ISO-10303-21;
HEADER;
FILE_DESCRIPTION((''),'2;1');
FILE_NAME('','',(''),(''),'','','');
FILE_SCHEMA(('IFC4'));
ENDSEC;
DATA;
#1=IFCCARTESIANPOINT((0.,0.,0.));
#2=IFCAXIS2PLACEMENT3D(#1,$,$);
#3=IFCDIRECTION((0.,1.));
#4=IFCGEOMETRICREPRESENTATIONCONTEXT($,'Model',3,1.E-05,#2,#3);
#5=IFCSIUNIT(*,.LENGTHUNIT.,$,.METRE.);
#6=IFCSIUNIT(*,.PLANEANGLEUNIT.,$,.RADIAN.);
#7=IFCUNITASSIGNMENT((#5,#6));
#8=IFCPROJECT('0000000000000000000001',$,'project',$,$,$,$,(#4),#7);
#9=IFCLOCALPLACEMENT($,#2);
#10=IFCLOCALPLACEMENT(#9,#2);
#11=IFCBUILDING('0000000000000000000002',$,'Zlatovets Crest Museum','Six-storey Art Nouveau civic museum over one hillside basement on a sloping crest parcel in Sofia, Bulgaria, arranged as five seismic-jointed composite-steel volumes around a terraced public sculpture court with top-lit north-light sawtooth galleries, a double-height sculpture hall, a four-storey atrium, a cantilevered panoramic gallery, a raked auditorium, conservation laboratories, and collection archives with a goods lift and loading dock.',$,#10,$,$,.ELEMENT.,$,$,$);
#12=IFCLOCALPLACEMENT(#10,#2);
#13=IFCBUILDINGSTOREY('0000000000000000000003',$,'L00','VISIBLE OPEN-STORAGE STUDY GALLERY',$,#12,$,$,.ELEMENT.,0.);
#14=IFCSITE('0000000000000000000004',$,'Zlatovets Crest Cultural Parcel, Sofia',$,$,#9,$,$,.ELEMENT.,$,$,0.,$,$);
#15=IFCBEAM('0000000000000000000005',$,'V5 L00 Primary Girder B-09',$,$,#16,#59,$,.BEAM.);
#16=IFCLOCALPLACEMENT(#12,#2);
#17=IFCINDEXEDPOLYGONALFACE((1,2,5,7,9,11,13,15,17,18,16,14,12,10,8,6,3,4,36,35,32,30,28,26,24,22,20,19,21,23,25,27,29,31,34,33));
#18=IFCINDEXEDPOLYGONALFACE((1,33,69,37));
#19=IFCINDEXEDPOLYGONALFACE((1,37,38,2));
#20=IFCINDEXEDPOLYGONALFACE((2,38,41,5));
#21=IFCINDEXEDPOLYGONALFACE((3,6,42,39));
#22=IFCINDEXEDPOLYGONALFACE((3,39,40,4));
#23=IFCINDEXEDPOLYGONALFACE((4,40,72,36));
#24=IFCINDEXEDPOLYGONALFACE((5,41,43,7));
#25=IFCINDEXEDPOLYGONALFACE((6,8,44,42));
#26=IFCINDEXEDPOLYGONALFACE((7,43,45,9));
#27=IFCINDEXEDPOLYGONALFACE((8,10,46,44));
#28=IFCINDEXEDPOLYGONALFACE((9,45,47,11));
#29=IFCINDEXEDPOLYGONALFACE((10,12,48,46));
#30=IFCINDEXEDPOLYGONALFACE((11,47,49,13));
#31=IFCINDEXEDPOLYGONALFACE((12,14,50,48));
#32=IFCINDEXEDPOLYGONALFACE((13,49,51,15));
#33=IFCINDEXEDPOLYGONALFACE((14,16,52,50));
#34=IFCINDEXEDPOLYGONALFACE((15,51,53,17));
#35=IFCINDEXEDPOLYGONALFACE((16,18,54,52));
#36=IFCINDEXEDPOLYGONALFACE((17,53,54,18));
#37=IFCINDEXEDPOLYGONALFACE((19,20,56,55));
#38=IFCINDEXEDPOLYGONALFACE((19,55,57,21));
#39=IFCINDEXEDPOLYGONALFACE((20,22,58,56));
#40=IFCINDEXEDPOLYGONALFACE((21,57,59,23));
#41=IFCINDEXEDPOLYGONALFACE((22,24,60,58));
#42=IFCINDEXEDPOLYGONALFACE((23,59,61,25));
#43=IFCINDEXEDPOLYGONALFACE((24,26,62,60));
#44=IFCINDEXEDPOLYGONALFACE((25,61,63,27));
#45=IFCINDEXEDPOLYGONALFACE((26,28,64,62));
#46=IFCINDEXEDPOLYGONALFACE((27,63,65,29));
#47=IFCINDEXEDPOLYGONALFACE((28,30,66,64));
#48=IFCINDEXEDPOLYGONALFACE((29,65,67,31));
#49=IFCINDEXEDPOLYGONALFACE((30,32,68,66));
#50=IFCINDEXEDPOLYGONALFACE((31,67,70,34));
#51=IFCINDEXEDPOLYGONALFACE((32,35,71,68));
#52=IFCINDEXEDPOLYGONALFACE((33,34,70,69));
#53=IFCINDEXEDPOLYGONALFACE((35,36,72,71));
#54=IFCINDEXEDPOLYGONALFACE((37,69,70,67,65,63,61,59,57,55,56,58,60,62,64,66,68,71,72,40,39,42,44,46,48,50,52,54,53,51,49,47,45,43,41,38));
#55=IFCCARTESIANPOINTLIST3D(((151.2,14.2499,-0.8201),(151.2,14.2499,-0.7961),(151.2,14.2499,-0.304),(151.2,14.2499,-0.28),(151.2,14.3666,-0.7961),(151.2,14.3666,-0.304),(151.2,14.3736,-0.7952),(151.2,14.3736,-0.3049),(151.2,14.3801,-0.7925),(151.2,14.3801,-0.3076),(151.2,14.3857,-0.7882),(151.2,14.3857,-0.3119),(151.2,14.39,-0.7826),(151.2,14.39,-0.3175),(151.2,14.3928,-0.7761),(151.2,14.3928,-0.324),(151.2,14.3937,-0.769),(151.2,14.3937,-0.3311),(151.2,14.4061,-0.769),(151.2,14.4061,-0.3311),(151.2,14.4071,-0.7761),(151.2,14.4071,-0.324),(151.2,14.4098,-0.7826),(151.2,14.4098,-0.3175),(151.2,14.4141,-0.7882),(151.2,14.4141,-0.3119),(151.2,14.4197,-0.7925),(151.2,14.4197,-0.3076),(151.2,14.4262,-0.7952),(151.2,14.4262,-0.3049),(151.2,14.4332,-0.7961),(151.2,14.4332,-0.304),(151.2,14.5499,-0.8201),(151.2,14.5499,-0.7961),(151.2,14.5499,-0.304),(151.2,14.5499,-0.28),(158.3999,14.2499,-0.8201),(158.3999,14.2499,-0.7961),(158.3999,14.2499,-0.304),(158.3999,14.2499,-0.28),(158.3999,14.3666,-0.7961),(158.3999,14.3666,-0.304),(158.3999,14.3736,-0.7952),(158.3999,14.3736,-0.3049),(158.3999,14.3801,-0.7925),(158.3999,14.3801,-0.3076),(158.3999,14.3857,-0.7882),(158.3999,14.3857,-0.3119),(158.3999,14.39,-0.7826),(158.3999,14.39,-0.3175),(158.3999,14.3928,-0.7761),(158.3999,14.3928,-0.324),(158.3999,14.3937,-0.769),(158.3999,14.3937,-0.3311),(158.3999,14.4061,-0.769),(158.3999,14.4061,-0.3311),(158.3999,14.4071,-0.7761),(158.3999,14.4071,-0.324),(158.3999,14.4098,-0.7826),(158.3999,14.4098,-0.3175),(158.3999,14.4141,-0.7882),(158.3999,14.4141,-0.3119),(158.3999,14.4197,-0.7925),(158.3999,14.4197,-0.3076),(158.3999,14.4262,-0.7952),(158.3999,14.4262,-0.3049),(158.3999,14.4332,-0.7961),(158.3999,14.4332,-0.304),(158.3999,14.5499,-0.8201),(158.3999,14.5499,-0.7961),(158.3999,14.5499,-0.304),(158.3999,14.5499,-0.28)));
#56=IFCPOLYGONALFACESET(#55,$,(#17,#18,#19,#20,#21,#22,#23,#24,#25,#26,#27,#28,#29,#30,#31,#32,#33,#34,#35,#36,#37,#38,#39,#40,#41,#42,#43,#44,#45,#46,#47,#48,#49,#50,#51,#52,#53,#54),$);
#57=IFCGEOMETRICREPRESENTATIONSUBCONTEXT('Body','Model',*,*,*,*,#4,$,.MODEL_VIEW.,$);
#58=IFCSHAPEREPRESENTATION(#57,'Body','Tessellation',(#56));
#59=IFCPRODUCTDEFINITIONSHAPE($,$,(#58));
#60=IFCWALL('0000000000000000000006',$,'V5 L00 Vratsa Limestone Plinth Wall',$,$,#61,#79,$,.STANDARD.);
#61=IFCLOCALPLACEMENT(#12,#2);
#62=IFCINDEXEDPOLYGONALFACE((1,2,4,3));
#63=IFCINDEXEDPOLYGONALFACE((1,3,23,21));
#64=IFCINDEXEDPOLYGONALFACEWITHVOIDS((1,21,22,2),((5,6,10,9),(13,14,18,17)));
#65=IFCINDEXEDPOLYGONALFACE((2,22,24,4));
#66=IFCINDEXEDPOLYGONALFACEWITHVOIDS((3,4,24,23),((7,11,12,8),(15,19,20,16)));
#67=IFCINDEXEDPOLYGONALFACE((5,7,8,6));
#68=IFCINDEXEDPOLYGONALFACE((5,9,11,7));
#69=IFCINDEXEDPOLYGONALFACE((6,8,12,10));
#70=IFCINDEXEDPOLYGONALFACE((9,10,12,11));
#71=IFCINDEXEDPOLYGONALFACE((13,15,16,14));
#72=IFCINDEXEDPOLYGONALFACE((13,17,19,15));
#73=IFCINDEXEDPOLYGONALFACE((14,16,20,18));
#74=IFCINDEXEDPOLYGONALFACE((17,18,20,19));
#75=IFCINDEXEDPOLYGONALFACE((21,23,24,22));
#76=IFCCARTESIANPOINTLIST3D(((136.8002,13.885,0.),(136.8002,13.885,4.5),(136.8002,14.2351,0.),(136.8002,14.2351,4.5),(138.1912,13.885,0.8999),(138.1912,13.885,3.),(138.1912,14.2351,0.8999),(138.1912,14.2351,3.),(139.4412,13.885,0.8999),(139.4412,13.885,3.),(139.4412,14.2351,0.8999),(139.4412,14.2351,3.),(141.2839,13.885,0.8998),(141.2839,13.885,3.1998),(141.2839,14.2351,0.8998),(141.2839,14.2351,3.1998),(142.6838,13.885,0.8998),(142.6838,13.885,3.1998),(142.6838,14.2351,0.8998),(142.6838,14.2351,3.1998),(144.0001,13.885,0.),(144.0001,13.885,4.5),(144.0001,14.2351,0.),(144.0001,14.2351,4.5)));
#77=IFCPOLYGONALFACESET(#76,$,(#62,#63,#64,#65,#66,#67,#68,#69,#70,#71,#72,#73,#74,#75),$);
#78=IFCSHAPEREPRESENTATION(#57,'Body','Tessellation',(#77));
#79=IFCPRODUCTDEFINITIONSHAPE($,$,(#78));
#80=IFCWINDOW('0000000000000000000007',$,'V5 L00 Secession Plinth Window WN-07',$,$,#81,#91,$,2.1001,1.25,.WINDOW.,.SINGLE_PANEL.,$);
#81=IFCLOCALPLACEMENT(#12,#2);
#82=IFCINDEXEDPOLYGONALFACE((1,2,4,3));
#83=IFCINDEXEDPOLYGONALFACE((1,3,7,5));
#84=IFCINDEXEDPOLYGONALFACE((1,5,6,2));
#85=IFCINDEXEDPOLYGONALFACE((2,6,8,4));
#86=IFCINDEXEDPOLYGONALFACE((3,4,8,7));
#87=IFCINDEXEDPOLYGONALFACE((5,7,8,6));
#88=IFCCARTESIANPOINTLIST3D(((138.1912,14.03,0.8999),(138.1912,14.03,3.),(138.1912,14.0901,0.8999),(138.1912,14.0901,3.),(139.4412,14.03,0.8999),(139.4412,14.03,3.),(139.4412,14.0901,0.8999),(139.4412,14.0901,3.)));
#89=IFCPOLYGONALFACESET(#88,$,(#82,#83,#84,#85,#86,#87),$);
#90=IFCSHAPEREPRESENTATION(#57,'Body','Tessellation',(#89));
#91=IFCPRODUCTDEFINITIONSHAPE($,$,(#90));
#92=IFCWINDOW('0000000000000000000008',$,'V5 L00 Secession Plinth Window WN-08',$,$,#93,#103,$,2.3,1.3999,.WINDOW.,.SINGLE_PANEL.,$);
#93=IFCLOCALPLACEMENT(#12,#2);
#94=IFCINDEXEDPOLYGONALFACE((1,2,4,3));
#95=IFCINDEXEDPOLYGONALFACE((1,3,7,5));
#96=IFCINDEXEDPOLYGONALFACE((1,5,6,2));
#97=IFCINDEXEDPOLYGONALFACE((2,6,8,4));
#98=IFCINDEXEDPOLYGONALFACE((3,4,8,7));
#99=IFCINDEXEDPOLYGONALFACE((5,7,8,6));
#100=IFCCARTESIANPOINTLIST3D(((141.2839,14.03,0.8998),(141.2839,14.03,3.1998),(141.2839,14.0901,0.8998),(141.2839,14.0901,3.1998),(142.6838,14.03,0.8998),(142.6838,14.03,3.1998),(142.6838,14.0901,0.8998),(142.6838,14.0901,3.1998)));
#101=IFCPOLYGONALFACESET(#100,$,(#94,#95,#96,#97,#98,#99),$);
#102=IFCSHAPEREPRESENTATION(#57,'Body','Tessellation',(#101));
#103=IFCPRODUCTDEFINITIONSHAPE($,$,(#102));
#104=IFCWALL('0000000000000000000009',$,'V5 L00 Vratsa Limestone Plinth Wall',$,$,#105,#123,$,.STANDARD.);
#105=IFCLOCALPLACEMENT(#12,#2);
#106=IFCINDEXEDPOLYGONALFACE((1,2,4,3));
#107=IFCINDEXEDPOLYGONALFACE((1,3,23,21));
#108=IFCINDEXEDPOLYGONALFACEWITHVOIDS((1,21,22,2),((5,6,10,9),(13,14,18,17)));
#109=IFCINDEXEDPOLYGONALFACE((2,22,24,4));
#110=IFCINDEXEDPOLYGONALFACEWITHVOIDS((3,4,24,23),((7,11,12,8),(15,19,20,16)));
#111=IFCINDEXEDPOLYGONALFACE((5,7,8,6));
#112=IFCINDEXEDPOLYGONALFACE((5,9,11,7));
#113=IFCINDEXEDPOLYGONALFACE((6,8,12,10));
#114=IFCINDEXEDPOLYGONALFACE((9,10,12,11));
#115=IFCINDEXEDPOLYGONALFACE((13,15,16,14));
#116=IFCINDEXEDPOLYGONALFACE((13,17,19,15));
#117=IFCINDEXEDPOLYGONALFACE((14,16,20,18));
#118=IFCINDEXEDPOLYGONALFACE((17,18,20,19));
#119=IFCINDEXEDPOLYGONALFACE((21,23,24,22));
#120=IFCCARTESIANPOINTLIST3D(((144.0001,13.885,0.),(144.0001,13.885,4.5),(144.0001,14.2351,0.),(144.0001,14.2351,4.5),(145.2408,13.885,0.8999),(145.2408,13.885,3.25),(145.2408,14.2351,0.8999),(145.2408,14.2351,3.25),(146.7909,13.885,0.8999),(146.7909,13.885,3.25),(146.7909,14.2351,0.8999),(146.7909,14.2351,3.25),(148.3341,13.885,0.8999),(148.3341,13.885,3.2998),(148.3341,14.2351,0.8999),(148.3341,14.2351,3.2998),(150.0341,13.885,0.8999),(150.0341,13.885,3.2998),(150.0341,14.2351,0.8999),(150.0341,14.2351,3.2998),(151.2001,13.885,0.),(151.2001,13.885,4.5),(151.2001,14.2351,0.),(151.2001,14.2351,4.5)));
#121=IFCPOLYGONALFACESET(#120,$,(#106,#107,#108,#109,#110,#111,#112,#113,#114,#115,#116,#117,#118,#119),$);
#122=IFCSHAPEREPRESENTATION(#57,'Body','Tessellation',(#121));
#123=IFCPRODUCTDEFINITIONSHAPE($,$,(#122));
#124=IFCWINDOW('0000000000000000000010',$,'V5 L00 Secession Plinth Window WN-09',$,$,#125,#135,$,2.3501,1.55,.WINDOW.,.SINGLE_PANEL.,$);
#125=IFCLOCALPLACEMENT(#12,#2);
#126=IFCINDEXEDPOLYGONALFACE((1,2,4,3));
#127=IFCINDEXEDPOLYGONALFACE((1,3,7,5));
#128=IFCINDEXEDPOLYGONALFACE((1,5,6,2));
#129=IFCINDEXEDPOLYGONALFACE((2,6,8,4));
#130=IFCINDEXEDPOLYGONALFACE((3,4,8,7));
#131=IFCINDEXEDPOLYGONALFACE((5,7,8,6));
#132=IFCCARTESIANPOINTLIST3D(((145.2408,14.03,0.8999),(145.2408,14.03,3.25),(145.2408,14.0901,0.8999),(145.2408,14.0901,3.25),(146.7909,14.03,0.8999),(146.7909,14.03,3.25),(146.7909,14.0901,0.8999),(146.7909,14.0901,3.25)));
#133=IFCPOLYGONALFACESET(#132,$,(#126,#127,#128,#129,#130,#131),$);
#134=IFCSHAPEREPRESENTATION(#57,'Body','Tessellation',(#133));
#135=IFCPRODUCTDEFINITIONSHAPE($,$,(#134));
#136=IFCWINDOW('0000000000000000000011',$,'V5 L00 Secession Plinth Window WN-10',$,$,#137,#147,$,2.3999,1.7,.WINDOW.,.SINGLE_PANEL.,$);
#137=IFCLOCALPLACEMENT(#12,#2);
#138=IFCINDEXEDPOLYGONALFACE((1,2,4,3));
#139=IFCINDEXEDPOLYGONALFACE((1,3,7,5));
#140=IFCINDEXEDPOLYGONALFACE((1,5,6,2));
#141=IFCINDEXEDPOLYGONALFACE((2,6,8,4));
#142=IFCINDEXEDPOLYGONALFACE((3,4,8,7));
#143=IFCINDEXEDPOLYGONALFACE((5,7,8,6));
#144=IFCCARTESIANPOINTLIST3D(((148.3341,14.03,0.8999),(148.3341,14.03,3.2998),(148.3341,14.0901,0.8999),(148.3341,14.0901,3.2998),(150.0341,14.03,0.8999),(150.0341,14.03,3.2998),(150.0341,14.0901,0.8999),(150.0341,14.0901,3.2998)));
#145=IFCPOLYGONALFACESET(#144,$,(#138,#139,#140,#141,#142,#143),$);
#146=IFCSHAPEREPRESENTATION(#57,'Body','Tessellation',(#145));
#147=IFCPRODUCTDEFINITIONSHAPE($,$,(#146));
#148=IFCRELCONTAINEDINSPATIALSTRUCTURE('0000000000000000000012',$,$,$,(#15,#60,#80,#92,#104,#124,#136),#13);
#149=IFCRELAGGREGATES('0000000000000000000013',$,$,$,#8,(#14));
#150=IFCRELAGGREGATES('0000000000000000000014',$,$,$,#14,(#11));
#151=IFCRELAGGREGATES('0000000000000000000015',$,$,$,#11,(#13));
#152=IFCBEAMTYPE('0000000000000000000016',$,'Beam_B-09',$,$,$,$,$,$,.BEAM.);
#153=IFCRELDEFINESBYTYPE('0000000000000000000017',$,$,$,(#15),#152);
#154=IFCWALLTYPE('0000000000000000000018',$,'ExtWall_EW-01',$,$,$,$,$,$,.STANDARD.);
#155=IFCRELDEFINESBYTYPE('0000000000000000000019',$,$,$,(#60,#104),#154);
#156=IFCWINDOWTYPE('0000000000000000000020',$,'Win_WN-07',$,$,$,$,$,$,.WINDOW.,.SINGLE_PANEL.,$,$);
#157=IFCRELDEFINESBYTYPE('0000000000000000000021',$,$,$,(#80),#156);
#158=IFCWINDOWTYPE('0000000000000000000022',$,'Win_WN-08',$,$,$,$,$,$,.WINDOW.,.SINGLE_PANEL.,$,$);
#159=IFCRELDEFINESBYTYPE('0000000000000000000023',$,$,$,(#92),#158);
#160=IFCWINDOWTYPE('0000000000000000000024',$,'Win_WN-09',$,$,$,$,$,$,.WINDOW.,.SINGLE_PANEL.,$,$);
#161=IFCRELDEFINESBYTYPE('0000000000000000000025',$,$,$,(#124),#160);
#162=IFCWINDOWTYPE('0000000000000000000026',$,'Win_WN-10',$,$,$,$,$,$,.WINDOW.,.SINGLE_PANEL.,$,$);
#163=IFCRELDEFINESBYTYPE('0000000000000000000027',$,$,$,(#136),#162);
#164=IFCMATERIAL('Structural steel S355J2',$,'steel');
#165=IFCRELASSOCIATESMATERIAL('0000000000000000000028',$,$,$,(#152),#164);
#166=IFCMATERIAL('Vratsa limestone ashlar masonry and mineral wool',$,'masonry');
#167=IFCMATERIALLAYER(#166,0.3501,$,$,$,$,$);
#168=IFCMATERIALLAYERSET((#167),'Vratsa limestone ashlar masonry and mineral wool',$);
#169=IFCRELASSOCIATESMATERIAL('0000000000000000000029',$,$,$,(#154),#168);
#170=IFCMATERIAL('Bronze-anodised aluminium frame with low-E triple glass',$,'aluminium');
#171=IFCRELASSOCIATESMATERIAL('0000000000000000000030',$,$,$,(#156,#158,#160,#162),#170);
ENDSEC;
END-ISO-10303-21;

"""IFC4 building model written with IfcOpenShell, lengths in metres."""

from ifc_helpers import new_model, si_unit, direction, frame, frame_2d, origin, origin_2d, place, context, subcontext, project, spatial, rectangle, i_section, extrude, material, layer, layer_set, material_profile, profile_set, type_object, element, fill, save


model = new_model("IFC4")

# Units and contexts
model_context = context("Model", 3, precision=1e-05, world=origin(), true_north=direction((0.0, 1.0)))
body_context = subcontext(model_context, "Body", "Model", "MODEL_VIEW")
ifc_project = project(units=[si_unit("LENGTHUNIT", "METRE"), si_unit("PLANEANGLEUNIT", "RADIAN")], contexts=[model_context])

# Site, building, storey
site_placement = place(None, origin())
site = spatial("IfcSite", under=ifc_project, at=site_placement, Name="Zlatovets Crest Cultural Parcel, Sofia", CompositionType="ELEMENT", RefElevation=0.0)
building_placement = place(site_placement, origin())
building = spatial("IfcBuilding", under=site, at=building_placement, Name="Zlatovets Crest Museum", Description="Six-storey Art Nouveau civic museum over one hillside basement on a sloping crest parcel in Sofia, Bulgaria, arranged as five seismic-jointed composite-steel volumes around a terraced public sculpture court with top-lit north-light sawtooth galleries, a double-height sculpture hall, a four-storey atrium, a cantilevered panoramic gallery, a raked auditorium, conservation laboratories, and collection archives with a goods lift and loading dock.", CompositionType="ELEMENT")
storey_placement = place(building_placement, origin())
storey = spatial("IfcBuildingStorey", under=building, at=storey_placement, Name="L00", Description="VISIBLE OPEN-STORAGE STUDY GALLERY", CompositionType="ELEMENT", Elevation=0.0)

# Shared definitions
ifc_material_1 = material(Name="Structural steel S355J2", Category="steel")

# Beam
ifc_material_profile_1 = material_profile(ifc_material_1, i_section(OverallWidth=0.3, OverallDepth=0.54, WebThickness=0.0125, FlangeThickness=0.0239, FilletRadius=0.0271, at=origin_2d()), Name="HEA 550")
ifc_profile_set_1 = profile_set([ifc_material_profile_1], Name="Structural steel S355J2")
beam_type_1 = type_object("IfcBeamType", Name="Beam_B-09", PredefinedType="BEAM", material=ifc_profile_set_1)
for number, where, z_axis, x_axis, name in (
    (1, (151.2, 14.3999, -0.55), (1.0, 0.0, 0.0), (0.0, 1.0, 0.0), "V5 L00 Primary Girder B-09"),
):
    element("IfcBeam", number, at=place(storey_placement, frame(where, z_axis=z_axis, x_axis=x_axis)), inside=storey, type_object=beam_type_1, Name=name, PredefinedType="BEAM", context=body_context, shape_type="SweptSolid", body=[
        extrude(i_section(OverallWidth=0.3, OverallDepth=0.54, WebThickness=0.0125, FlangeThickness=0.0239, FilletRadius=0.0271, at=origin_2d()), origin(), (0.0, 0.0, 1.0), 7.2),
    ])

# Walls, openings, windows
ifc_material_2 = material(Name="Vratsa limestone ashlar masonry and mineral wool", Category="masonry")
ifc_layer_1 = layer(ifc_material_2, 0.3501)
ifc_layer_set_1 = layer_set([ifc_layer_1], Name="Vratsa limestone ashlar masonry and mineral wool")
wall_type_1 = type_object("IfcWallType", Name="ExtWall_EW-01", PredefinedType="STANDARD", material=ifc_layer_set_1)
wall_1_placement = place(storey_placement, frame((136.8, 14.0601, 0.0), z_axis=(0.0, 0.0, 1.0), x_axis=(1.0, 0.0, 0.0)))
wall_1 = element("IfcWall", 2, at=wall_1_placement, inside=storey, type_object=wall_type_1, Name="V5 L00 Vratsa Limestone Plinth Wall", PredefinedType="STANDARD", context=body_context, shape_type="SweptSolid", body=[
    extrude(rectangle(XDim=7.2, YDim=0.3501, at=frame_2d((3.6001, 0.0))), origin(), (0.0, 0.0, 1.0), 4.5),
])
opening_1_placement = place(wall_1_placement, frame((1.3911, 0.0, 0.8999)))
opening_1 = element("IfcOpeningElement", 3, at=opening_1_placement, cuts=wall_1, PredefinedType="OPENING", context=body_context, shape_type="SweptSolid", body=[
    extrude(rectangle(XDim=1.25, YDim=2.1001, at=frame_2d((0.625, 1.05))), frame((0.0, 0.1851, 0.0), z_axis=(0.0, -1.0, 0.0), x_axis=(1.0, 0.0, 0.0)), (0.0, 0.0, 1.0), 0.3701),
])
opening_2_placement = place(wall_1_placement, frame((4.4839, 0.0, 0.8999)))
opening_2 = element("IfcOpeningElement", 4, at=opening_2_placement, cuts=wall_1, PredefinedType="OPENING", context=body_context, shape_type="SweptSolid", body=[
    extrude(rectangle(XDim=1.3999, YDim=2.3, at=frame_2d((0.7, 1.1499))), frame((0.0, 0.1851, 0.0), z_axis=(0.0, -1.0, 0.0), x_axis=(1.0, 0.0, 0.0)), (0.0, 0.0, 1.0), 0.3701),
])
ifc_material_3 = material(Name="Bronze-anodised aluminium frame with low-E triple glass", Category="aluminium")
window_type_1 = type_object("IfcWindowType", Name="Win_WN-07", PartitioningType="SINGLE_PANEL", PredefinedType="WINDOW", material=ifc_material_3)
window_1_placement = place(opening_1_placement, origin())
window_1 = element("IfcWindow", 5, at=window_1_placement, inside=storey, type_object=window_type_1, Name="V5 L00 Secession Plinth Window WN-07", OverallHeight=2.1001, OverallWidth=1.25, PartitioningType="SINGLE_PANEL", PredefinedType="WINDOW", context=body_context, shape_type="SweptSolid", body=[
    extrude(rectangle(XDim=1.25, YDim=2.1001, at=frame_2d((0.625, 1.05))), frame((0.0, 0.03, 0.0), z_axis=(0.0, -1.0, 0.0), x_axis=(1.0, 0.0, 0.0)), (0.0, 0.0, 1.0), 0.0601),
])
fill(opening_1, window_1)
window_type_2 = type_object("IfcWindowType", Name="Win_WN-08", PartitioningType="SINGLE_PANEL", PredefinedType="WINDOW", material=ifc_material_3)
window_2_placement = place(opening_2_placement, origin())
window_2 = element("IfcWindow", 6, at=window_2_placement, inside=storey, type_object=window_type_2, Name="V5 L00 Secession Plinth Window WN-08", OverallHeight=2.3, OverallWidth=1.3999, PartitioningType="SINGLE_PANEL", PredefinedType="WINDOW", context=body_context, shape_type="SweptSolid", body=[
    extrude(rectangle(XDim=1.3999, YDim=2.3, at=frame_2d((0.7, 1.1499))), frame((0.0, 0.03, 0.0), z_axis=(0.0, -1.0, 0.0), x_axis=(1.0, 0.0, 0.0)), (0.0, 0.0, 1.0), 0.0601),
])
fill(opening_2, window_2)
wall_2_placement = place(storey_placement, frame((144.0, 14.0601, 0.0), z_axis=(0.0, 0.0, 1.0), x_axis=(1.0, 0.0, 0.0)))
wall_2 = element("IfcWall", 7, at=wall_2_placement, inside=storey, type_object=wall_type_1, Name="V5 L00 Vratsa Limestone Plinth Wall", PredefinedType="STANDARD", context=body_context, shape_type="SweptSolid", body=[
    extrude(rectangle(XDim=7.2, YDim=0.3501, at=frame_2d((3.6001, 0.0))), origin(), (0.0, 0.0, 1.0), 4.5),
])
opening_3_placement = place(wall_2_placement, frame((1.241, 0.0, 0.8999)))
opening_3 = element("IfcOpeningElement", 8, at=opening_3_placement, cuts=wall_2, PredefinedType="OPENING", context=body_context, shape_type="SweptSolid", body=[
    extrude(rectangle(XDim=1.55, YDim=2.3501, at=frame_2d((0.7749, 1.175))), frame((0.0, 0.1851, 0.0), z_axis=(0.0, -1.0, 0.0), x_axis=(1.0, 0.0, 0.0)), (0.0, 0.0, 1.0), 0.3701),
])
opening_4_placement = place(wall_2_placement, frame((4.334, 0.0, 0.8999)))
opening_4 = element("IfcOpeningElement", 9, at=opening_4_placement, cuts=wall_2, PredefinedType="OPENING", context=body_context, shape_type="SweptSolid", body=[
    extrude(rectangle(XDim=1.7, YDim=2.3999, at=frame_2d((0.8501, 1.2))), frame((0.0, 0.1851, 0.0), z_axis=(0.0, -1.0, 0.0), x_axis=(1.0, 0.0, 0.0)), (0.0, 0.0, 1.0), 0.3701),
])
window_type_3 = type_object("IfcWindowType", Name="Win_WN-09", PartitioningType="SINGLE_PANEL", PredefinedType="WINDOW", material=ifc_material_3)
window_3_placement = place(opening_3_placement, origin())
window_3 = element("IfcWindow", 10, at=window_3_placement, inside=storey, type_object=window_type_3, Name="V5 L00 Secession Plinth Window WN-09", OverallHeight=2.3501, OverallWidth=1.55, PartitioningType="SINGLE_PANEL", PredefinedType="WINDOW", context=body_context, shape_type="SweptSolid", body=[
    extrude(rectangle(XDim=1.55, YDim=2.3501, at=frame_2d((0.7749, 1.175))), frame((0.0, 0.03, 0.0), z_axis=(0.0, -1.0, 0.0), x_axis=(1.0, 0.0, 0.0)), (0.0, 0.0, 1.0), 0.0601),
])
fill(opening_3, window_3)
window_type_4 = type_object("IfcWindowType", Name="Win_WN-10", PartitioningType="SINGLE_PANEL", PredefinedType="WINDOW", material=ifc_material_3)
window_4_placement = place(opening_4_placement, origin())
window_4 = element("IfcWindow", 11, at=window_4_placement, inside=storey, type_object=window_type_4, Name="V5 L00 Secession Plinth Window WN-10", OverallHeight=2.3999, OverallWidth=1.7, PartitioningType="SINGLE_PANEL", PredefinedType="WINDOW", context=body_context, shape_type="SweptSolid", body=[
    extrude(rectangle(XDim=1.7, YDim=2.3999, at=frame_2d((0.8501, 1.2))), frame((0.0, 0.03, 0.0), z_axis=(0.0, -1.0, 0.0), x_axis=(1.0, 0.0, 0.0)), (0.0, 0.0, 1.0), 0.0601),
])
fill(opening_4, window_4)

save(model, "model.ifc")
